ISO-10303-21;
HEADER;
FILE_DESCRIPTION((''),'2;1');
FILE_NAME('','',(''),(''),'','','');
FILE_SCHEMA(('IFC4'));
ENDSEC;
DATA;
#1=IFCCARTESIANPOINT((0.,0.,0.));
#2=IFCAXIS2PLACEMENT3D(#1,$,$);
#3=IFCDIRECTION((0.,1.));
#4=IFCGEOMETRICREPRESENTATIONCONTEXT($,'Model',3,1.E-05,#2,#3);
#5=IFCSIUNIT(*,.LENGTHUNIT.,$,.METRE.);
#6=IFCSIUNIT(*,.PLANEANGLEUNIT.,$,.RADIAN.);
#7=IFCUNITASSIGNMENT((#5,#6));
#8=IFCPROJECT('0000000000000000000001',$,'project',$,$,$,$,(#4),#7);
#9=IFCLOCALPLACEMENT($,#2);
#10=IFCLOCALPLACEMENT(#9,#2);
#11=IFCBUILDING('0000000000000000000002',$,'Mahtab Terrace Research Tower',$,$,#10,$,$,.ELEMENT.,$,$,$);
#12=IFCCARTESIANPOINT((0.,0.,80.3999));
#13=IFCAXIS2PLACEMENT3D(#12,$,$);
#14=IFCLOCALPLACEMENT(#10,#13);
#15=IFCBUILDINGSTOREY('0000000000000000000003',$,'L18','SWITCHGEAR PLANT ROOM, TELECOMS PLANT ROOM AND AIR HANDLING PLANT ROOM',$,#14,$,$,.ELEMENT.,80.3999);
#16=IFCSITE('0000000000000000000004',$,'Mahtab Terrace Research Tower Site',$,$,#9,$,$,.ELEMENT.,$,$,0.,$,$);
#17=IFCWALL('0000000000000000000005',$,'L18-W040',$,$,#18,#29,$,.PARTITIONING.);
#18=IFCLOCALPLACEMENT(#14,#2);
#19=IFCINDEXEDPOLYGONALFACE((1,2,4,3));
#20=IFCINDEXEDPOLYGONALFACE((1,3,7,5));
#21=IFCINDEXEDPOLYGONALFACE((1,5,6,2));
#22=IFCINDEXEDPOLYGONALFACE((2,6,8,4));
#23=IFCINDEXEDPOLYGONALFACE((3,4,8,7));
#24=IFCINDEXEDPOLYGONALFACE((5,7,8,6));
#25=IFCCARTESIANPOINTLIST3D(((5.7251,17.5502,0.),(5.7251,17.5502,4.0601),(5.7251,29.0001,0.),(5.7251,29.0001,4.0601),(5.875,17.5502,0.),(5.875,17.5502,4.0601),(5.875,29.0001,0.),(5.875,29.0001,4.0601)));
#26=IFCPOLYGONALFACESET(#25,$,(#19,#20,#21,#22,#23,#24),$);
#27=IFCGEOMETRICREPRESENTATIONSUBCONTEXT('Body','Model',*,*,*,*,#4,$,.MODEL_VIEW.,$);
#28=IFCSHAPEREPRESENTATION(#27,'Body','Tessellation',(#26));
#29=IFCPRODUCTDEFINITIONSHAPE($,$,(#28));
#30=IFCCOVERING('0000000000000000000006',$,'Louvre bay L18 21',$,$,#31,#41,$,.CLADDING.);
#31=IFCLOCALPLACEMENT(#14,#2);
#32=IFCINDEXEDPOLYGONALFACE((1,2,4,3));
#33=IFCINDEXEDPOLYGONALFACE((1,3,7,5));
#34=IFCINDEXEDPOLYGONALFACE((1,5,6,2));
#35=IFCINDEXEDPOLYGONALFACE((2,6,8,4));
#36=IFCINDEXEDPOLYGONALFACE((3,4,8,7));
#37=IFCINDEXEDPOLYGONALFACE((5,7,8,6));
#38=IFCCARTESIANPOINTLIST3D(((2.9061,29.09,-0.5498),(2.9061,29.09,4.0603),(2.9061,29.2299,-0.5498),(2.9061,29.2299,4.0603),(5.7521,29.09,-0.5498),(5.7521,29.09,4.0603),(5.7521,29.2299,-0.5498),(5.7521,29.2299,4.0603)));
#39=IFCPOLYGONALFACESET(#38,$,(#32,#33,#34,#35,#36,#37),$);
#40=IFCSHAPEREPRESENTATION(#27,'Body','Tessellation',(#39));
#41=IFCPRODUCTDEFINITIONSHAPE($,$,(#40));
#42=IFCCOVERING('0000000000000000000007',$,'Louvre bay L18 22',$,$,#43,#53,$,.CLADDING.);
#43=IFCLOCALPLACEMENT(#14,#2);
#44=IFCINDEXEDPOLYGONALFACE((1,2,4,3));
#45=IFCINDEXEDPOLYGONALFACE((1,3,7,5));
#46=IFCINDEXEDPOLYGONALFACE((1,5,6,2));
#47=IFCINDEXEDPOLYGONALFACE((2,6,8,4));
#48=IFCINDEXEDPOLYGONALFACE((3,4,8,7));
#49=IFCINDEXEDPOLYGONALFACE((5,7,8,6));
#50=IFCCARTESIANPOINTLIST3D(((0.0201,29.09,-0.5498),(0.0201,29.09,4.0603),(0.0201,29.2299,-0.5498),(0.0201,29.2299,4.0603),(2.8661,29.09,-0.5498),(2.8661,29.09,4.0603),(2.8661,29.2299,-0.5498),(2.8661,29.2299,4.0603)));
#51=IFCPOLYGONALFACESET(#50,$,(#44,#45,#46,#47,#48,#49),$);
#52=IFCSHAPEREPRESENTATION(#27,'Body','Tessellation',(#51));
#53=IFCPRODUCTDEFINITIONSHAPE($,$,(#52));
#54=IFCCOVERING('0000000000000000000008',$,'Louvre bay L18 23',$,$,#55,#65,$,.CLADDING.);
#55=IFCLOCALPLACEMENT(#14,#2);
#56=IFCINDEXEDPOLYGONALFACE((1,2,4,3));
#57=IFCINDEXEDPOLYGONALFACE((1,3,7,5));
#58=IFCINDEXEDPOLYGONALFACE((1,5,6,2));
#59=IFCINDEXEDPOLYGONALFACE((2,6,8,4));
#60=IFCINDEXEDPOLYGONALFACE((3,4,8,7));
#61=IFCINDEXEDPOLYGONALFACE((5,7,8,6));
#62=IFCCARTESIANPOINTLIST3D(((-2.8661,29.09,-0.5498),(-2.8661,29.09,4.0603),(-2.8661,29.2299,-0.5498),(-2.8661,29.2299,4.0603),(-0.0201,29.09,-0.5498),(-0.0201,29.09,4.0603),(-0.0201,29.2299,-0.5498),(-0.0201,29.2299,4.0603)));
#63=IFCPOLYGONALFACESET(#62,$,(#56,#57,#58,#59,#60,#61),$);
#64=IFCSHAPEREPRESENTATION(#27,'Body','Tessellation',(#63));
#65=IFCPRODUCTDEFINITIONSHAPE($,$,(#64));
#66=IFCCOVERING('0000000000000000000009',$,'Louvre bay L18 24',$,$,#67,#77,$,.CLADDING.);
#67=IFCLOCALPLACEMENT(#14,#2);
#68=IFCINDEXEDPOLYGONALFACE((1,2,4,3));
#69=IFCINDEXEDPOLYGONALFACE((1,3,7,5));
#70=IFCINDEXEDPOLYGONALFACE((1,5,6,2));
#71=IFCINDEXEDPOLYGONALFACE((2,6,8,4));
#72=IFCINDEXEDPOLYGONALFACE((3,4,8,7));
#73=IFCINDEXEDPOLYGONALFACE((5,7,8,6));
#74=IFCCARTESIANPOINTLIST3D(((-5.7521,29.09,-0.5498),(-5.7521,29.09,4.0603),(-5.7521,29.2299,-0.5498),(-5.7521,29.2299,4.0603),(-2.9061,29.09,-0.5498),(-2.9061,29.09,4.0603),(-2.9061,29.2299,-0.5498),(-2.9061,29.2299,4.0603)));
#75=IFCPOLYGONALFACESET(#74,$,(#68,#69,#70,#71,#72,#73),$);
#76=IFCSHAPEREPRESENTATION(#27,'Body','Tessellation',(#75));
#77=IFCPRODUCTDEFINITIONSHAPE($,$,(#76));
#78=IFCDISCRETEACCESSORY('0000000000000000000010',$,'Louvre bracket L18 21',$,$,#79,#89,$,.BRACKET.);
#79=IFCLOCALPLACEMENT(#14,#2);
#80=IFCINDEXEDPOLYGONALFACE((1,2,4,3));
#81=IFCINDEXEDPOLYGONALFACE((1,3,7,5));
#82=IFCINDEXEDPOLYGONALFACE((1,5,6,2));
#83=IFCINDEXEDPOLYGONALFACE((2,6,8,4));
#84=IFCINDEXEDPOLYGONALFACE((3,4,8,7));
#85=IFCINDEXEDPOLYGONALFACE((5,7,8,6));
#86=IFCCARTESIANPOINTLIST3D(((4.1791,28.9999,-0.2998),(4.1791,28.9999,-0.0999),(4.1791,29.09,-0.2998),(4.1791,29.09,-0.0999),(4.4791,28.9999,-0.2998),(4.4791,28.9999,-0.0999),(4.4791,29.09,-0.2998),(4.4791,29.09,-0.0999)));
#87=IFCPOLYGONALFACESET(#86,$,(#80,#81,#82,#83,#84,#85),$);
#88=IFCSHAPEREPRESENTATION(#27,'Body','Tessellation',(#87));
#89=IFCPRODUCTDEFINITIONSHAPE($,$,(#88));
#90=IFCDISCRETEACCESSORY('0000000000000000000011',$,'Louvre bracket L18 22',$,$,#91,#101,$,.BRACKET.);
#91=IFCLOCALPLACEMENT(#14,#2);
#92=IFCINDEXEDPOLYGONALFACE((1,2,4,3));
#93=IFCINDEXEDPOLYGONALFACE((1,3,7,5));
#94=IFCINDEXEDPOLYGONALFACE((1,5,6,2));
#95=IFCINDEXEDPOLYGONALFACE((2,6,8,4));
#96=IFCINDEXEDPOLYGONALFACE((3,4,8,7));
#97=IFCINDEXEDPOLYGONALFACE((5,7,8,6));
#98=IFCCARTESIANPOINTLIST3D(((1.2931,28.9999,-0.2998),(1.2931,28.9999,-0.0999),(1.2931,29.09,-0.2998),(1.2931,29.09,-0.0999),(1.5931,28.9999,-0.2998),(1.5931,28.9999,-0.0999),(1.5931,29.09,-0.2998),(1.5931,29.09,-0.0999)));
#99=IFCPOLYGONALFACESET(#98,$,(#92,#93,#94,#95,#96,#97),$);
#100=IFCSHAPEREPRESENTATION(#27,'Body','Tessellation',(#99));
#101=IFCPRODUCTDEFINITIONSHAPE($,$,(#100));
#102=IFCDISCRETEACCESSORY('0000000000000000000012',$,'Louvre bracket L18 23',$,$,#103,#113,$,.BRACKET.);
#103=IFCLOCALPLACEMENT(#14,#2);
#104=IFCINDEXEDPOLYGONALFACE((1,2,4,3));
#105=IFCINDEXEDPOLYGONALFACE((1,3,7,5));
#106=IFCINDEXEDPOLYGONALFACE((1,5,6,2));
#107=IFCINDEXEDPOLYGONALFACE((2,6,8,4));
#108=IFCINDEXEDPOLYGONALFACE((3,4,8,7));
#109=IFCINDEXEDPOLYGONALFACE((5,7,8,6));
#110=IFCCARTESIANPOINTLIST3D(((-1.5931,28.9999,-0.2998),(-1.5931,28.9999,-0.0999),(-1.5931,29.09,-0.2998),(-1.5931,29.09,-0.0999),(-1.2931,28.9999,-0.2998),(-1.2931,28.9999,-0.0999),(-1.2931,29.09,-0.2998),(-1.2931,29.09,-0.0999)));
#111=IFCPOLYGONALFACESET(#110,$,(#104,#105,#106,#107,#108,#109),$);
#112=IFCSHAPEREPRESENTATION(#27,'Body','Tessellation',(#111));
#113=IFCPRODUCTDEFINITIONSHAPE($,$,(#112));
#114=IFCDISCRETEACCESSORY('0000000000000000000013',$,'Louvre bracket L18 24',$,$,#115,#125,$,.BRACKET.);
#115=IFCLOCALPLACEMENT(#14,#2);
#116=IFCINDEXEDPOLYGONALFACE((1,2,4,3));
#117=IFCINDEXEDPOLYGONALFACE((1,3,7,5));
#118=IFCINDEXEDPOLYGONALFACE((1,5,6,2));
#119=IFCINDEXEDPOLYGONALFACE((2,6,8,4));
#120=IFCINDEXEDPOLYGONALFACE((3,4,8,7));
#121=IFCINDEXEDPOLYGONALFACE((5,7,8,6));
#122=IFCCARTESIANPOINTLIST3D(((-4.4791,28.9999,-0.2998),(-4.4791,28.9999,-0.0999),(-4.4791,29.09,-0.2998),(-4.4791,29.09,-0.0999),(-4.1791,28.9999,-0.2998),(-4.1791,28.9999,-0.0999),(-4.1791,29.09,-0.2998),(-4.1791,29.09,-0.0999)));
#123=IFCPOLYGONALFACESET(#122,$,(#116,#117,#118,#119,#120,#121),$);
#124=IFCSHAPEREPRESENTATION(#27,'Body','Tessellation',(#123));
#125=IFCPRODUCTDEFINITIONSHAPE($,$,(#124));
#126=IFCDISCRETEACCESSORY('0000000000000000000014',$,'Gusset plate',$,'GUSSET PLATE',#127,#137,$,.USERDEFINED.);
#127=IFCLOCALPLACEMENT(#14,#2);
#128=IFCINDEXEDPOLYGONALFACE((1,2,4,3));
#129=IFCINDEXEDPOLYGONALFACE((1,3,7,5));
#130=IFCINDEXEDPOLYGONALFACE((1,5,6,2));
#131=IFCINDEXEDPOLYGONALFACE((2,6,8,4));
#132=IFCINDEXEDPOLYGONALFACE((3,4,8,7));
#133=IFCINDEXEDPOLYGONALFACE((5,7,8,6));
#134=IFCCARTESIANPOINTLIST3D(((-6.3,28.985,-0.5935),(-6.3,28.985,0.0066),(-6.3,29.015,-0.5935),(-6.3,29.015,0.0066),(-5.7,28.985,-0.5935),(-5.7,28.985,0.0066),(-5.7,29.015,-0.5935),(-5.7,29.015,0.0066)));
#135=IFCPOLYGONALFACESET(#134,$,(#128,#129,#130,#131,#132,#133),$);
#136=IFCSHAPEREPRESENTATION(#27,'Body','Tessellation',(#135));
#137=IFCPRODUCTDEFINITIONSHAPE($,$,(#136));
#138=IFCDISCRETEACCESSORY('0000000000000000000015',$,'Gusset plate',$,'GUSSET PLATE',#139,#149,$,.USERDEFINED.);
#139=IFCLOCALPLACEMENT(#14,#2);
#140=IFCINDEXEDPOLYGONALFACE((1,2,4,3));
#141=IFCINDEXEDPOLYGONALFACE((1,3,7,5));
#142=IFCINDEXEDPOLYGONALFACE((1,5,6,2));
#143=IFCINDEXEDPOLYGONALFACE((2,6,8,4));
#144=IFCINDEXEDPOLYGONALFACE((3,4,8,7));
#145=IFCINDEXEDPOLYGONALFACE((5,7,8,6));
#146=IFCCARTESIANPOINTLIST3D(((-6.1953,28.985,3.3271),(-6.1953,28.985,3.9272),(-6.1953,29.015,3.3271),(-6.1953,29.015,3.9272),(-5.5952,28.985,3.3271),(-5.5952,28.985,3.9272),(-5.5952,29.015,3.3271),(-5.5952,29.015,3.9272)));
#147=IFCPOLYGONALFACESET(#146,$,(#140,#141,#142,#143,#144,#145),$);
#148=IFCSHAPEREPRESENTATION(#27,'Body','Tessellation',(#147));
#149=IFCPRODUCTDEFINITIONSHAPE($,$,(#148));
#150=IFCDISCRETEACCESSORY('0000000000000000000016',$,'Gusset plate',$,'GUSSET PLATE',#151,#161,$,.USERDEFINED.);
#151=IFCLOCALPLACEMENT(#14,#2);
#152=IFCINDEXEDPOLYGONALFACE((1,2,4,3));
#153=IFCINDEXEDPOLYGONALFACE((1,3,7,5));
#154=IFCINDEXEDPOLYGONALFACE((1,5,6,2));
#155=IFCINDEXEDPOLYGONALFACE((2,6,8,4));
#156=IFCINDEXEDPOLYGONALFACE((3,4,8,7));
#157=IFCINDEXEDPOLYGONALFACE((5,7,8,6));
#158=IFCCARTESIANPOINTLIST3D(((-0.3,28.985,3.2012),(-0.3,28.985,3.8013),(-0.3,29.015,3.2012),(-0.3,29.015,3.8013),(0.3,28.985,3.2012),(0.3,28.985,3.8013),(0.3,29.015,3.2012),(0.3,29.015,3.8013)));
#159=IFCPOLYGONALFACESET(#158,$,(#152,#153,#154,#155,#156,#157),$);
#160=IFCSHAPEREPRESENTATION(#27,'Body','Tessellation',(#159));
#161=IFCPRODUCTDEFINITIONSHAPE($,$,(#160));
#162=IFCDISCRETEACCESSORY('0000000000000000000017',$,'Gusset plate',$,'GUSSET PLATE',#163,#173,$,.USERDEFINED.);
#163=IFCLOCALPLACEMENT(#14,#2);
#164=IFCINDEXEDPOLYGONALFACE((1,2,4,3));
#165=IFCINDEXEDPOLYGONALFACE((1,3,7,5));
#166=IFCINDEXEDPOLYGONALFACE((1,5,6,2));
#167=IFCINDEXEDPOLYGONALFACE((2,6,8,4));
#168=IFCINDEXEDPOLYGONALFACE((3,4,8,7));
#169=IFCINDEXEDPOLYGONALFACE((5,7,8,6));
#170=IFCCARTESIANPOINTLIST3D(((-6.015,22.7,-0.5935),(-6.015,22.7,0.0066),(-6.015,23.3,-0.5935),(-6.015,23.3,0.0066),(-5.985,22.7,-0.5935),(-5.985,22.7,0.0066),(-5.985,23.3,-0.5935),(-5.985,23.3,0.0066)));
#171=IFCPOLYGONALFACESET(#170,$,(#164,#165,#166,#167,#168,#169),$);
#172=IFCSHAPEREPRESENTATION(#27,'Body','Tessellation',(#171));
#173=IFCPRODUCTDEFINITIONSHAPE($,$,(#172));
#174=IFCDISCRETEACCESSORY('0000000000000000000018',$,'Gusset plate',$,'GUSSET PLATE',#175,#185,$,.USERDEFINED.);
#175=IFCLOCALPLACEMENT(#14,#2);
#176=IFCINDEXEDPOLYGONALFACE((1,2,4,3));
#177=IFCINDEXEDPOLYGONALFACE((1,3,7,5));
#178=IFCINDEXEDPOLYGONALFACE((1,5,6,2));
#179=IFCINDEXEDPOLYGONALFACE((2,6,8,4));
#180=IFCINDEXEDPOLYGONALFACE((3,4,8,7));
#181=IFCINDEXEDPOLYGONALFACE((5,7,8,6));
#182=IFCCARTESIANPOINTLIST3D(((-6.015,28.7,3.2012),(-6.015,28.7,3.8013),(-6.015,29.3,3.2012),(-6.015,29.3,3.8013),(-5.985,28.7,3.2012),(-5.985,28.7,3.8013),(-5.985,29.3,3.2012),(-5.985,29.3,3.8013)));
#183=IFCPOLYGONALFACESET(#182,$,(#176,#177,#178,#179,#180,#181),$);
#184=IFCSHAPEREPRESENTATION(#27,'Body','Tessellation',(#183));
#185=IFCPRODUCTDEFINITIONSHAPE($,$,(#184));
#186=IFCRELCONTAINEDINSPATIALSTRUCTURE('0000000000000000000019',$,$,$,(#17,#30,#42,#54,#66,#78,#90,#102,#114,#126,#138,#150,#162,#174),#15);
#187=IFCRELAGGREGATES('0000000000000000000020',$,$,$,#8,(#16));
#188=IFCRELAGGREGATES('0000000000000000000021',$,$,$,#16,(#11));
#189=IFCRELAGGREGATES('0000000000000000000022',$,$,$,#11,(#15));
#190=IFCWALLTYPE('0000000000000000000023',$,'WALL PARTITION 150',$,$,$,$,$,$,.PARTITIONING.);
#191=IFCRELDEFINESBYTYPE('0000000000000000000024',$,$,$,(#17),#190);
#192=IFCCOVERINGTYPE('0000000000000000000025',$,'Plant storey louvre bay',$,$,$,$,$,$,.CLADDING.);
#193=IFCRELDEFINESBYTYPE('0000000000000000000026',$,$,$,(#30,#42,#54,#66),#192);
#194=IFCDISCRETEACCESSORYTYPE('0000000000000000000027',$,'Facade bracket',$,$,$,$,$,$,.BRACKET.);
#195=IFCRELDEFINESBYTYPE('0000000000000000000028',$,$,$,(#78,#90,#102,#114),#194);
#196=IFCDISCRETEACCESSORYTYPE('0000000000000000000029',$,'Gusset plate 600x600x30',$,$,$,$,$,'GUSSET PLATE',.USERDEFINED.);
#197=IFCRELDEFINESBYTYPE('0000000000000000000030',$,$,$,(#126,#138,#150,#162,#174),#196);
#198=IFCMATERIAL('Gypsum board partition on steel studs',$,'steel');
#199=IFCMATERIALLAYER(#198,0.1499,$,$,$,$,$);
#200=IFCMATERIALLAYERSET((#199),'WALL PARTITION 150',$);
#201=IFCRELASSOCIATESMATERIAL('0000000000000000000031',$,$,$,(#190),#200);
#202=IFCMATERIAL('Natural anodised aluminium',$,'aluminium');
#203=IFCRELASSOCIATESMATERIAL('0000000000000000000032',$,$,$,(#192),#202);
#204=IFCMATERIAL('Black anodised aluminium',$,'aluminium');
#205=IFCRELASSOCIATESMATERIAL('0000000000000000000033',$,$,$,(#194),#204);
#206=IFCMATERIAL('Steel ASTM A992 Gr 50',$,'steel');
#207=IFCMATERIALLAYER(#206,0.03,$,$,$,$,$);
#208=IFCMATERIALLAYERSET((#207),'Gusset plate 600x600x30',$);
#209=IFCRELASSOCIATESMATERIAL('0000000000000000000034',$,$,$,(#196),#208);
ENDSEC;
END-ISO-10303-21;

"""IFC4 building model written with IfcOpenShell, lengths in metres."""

from ifc_helpers import new_model, si_unit, direction, frame, frame_2d, origin, origin_2d, place, context, subcontext, project, spatial, rectangle, extrude, material, layer, layer_set, type_object, element, save


model = new_model("IFC4")

# Units and contexts
model_context = context("Model", 3, precision=1e-05, world=origin(), true_north=direction((0.0, 1.0)))
body_context = subcontext(model_context, "Body", "Model", "MODEL_VIEW")
ifc_project = project(units=[si_unit("LENGTHUNIT", "METRE"), si_unit("PLANEANGLEUNIT", "RADIAN")], contexts=[model_context])

# Site, building, storey
site_placement = place(None, origin())
site = spatial("IfcSite", under=ifc_project, at=site_placement, Name="Mahtab Terrace Research Tower Site", CompositionType="ELEMENT", RefElevation=0.0)
building_placement = place(site_placement, origin())
building = spatial("IfcBuilding", under=site, at=building_placement, Name="Mahtab Terrace Research Tower", CompositionType="ELEMENT")
storey_placement = place(building_placement, frame((0.0, 0.0, 80.3999)))
storey = spatial("IfcBuildingStorey", under=building, at=storey_placement, Name="L18", Description="SWITCHGEAR PLANT ROOM, TELECOMS PLANT ROOM AND AIR HANDLING PLANT ROOM", CompositionType="ELEMENT", Elevation=80.3999)

# Shared definitions
ifc_material_1 = material(Name="Steel ASTM A992 Gr 50", Category="steel")

# Wall
ifc_material_2 = material(Name="Gypsum board partition on steel studs", Category="steel")
ifc_layer_1 = layer(ifc_material_2, 0.1499)
ifc_layer_set_1 = layer_set([ifc_layer_1], Name="WALL PARTITION 150")
wall_type_1 = type_object("IfcWallType", Name="WALL PARTITION 150", PredefinedType="PARTITIONING", material=ifc_layer_set_1)
for number, where, z_axis, x_axis, name in (
    (1, (5.8, 17.55, 0.0), (0.0, 0.0, 1.0), (0.0, 1.0, 0.0), "L18-W040"),
):
    element("IfcWall", number, at=place(storey_placement, frame(where, z_axis=z_axis, x_axis=x_axis)), inside=storey, type_object=wall_type_1, Name=name, PredefinedType="PARTITIONING", context=body_context, shape_type="SweptSolid", body=[
        extrude(rectangle(XDim=11.45, YDim=0.1499, at=frame_2d((5.7251, 0.0))), origin(), (0.0, 0.0, 1.0), 4.0601),
    ])

# Coverings
ifc_material_3 = material(Name="Natural anodised aluminium", Category="aluminium")
covering_type = type_object("IfcCoveringType", Name="Plant storey louvre bay", PredefinedType="CLADDING", material=ifc_material_3)
for number, where, z_axis, x_axis, name in (
    (2, (4.3291, 29.1599, -0.5498), (0.0, 0.0, 1.0), (-1.0, 0.0, 0.0), "Louvre bay L18 21"),
    (3, (1.4431, 29.1599, -0.5498), (0.0, 0.0, 1.0), (-1.0, 0.0, 0.0), "Louvre bay L18 22"),
    (4, (-1.4431, 29.1599, -0.5498), (0.0, 0.0, 1.0), (-1.0, 0.0, 0.0), "Louvre bay L18 23"),
    (5, (-4.3291, 29.1599, -0.5498), (0.0, 0.0, 1.0), (-1.0, 0.0, 0.0), "Louvre bay L18 24"),
):
    element("IfcCovering", number, at=place(storey_placement, frame(where, z_axis=z_axis, x_axis=x_axis)), inside=storey, type_object=covering_type, Name=name, PredefinedType="CLADDING", context=body_context, shape_type="SweptSolid", body=[
        extrude(rectangle(XDim=2.8459, YDim=0.1399, at=origin_2d()), origin(), (0.0, 0.0, 1.0), 4.6101),
    ])

# Discrete accessories
ifc_material_4 = material(Name="Black anodised aluminium", Category="aluminium")
discrete_accessory_type_1 = type_object("IfcDiscreteAccessoryType", Name="Facade bracket", PredefinedType="BRACKET", material=ifc_material_4)
for number, where, z_axis, x_axis, name in (
    (6, (4.3291, 29.0449, -0.2998), (0.0, 0.0, 1.0), (-1.0, 0.0, 0.0), "Louvre bracket L18 21"),
    (7, (1.4431, 29.0449, -0.2998), (0.0, 0.0, 1.0), (-1.0, 0.0, 0.0), "Louvre bracket L18 22"),
    (8, (-1.4431, 29.0449, -0.2998), (0.0, 0.0, 1.0), (-1.0, 0.0, 0.0), "Louvre bracket L18 23"),
    (9, (-4.3291, 29.0449, -0.2998), (0.0, 0.0, 1.0), (-1.0, 0.0, 0.0), "Louvre bracket L18 24"),
):
    element("IfcDiscreteAccessory", number, at=place(storey_placement, frame(where, z_axis=z_axis, x_axis=x_axis)), inside=storey, type_object=discrete_accessory_type_1, Name=name, PredefinedType="BRACKET", context=body_context, shape_type="SweptSolid", body=[
        extrude(rectangle(XDim=0.3, YDim=0.0901, at=origin_2d()), origin(), (0.0, 0.0, 1.0), 0.2),
    ])
ifc_layer_2 = layer(ifc_material_1, 0.03)
ifc_layer_set_2 = layer_set([ifc_layer_2], Name="Gusset plate 600x600x30")
discrete_accessory_type_2 = type_object("IfcDiscreteAccessoryType", Name="Gusset plate 600x600x30", ElementType="GUSSET PLATE", PredefinedType="USERDEFINED", material=ifc_layer_set_2)
for number, where, z_axis, x_axis, name in (
    (10, (-6.0, 29.0, -0.5935), (0.0, 0.0, 1.0), (1.0, 0.0, 0.0), "Gusset plate"),
    (11, (-5.8953, 29.0, 3.3271), (0.0, 0.0, 1.0), (1.0, 0.0, 0.0), "Gusset plate"),
    (12, (0.0, 29.0, 3.2012), (0.0, 0.0, 1.0), (1.0, 0.0, 0.0), "Gusset plate"),
    (13, (-6.0, 23.0, -0.5935), (0.0, 0.0, 1.0), (0.0, 1.0, 0.0), "Gusset plate"),
    (14, (-6.0, 29.0, 3.2012), (0.0, 0.0, 1.0), (0.0, 1.0, 0.0), "Gusset plate"),
):
    element("IfcDiscreteAccessory", number, at=place(storey_placement, frame(where, z_axis=z_axis, x_axis=x_axis)), inside=storey, type_object=discrete_accessory_type_2, Name=name, ObjectType="GUSSET PLATE", PredefinedType="USERDEFINED", context=body_context, shape_type="SweptSolid", body=[
        extrude(rectangle(XDim=0.6001, YDim=0.03, at=origin_2d()), origin(), (0.0, 0.0, 1.0), 0.6001),
    ])

save(model, "model.ifc")
